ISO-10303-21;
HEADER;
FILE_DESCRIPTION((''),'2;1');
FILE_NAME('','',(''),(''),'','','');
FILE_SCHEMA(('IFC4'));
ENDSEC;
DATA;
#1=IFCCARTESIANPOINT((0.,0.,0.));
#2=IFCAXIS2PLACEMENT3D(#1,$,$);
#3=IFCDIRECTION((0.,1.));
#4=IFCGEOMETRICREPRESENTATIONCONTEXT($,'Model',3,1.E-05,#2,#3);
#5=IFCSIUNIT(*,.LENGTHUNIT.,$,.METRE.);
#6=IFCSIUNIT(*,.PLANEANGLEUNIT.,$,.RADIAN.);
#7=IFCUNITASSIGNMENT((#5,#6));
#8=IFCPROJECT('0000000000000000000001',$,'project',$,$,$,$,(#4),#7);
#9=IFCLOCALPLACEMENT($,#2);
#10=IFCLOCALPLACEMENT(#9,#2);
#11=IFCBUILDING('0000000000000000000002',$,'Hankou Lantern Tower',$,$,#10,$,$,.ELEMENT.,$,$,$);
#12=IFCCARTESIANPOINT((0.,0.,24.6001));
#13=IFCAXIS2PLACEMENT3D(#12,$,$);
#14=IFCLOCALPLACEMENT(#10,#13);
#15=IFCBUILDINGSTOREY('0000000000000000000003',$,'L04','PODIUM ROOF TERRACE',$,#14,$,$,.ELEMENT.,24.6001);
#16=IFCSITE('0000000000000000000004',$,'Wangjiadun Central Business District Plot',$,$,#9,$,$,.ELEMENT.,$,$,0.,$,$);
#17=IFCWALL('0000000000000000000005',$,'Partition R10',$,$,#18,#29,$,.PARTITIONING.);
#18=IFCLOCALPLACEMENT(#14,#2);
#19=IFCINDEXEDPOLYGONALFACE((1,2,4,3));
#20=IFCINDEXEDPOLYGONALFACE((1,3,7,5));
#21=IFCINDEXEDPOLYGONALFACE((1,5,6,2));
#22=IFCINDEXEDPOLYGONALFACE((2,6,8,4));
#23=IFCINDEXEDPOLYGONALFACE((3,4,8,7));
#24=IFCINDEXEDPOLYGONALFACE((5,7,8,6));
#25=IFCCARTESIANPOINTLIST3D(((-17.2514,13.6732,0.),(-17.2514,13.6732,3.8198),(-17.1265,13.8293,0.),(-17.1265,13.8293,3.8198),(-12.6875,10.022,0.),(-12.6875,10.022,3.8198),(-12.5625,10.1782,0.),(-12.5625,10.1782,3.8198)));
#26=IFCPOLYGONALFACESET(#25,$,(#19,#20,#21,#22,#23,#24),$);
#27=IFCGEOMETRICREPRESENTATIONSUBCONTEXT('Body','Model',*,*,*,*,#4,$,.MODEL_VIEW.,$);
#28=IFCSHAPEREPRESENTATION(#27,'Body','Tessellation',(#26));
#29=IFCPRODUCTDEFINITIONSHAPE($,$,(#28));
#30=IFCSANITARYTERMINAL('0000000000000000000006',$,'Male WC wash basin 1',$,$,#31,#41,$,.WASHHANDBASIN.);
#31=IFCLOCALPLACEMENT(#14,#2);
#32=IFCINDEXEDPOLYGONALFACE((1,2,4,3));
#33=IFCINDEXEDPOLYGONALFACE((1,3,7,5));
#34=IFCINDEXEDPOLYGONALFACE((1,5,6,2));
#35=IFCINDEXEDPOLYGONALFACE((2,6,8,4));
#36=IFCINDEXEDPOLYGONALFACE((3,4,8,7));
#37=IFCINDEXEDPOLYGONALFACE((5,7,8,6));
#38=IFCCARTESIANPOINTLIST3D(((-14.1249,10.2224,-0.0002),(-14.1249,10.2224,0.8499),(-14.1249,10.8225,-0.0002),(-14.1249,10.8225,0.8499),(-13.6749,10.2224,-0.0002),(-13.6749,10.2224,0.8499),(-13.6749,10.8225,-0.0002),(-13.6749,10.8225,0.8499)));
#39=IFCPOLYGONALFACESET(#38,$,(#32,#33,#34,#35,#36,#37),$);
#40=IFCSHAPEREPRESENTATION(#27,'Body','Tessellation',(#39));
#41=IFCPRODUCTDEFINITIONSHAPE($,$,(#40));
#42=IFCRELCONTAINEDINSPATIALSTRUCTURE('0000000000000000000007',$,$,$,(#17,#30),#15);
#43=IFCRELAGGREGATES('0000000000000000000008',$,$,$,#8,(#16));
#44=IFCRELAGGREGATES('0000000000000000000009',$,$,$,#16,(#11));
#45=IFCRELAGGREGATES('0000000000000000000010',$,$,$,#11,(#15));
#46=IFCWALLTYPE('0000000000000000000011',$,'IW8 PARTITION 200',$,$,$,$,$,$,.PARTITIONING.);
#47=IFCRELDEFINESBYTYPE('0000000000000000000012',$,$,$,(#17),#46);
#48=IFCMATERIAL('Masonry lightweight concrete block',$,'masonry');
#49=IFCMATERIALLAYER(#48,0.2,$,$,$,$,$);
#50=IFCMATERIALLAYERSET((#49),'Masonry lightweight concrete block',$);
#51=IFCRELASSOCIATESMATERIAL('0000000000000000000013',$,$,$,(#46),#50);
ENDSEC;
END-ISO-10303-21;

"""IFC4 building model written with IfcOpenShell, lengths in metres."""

from ifc_helpers import new_model, si_unit, direction, frame, frame_2d, origin, origin_2d, place, context, subcontext, project, spatial, rectangle, extrude, material, layer, layer_set, type_object, element, save


model = new_model("IFC4")

# Units and contexts
model_context = context("Model", 3, precision=1e-05, world=origin(), true_north=direction((0.0, 1.0)))
body_context = subcontext(model_context, "Body", "Model", "MODEL_VIEW")
ifc_project = project(units=[si_unit("LENGTHUNIT", "METRE"), si_unit("PLANEANGLEUNIT", "RADIAN")], contexts=[model_context])

# Site, building, storey
site_placement = place(None, origin())
site = spatial("IfcSite", under=ifc_project, at=site_placement, Name="Wangjiadun Central Business District Plot", CompositionType="ELEMENT", RefElevation=0.0)
building_placement = place(site_placement, origin())
building = spatial("IfcBuilding", under=site, at=building_placement, Name="Hankou Lantern Tower", CompositionType="ELEMENT")
storey_placement = place(building_placement, frame((0.0, 0.0, 24.6001)))
storey = spatial("IfcBuildingStorey", under=building, at=storey_placement, Name="L04", Description="PODIUM ROOF TERRACE", CompositionType="ELEMENT", Elevation=24.6001)

# Wall
ifc_material_1 = material(Name="Masonry lightweight concrete block", Category="masonry")
ifc_layer_1 = layer(ifc_material_1, 0.2)
ifc_layer_set_1 = layer_set([ifc_layer_1], Name="Masonry lightweight concrete block")
wall_type_1 = type_object("IfcWallType", Name="IW8 PARTITION 200", PredefinedType="PARTITIONING", material=ifc_layer_set_1)
wall_1_placement = place(storey_placement, frame((-12.625, 10.1001, 0.0), z_axis=(0.0, 0.0, 1.0), x_axis=(-0.780873, 0.62469, 0.0)))
element("IfcWall", 1, at=wall_1_placement, inside=storey, type_object=wall_type_1, Name="Partition R10", PredefinedType="PARTITIONING", context=body_context, shape_type="SweptSolid", body=[
    extrude(rectangle(XDim=5.8447, YDim=0.2, at=frame_2d((2.9224, 0.0))), origin(), (0.0, 0.0, 1.0), 3.8198),
])

# Sanitary terminal
sanitary_terminal_placement = place(storey_placement, frame((-13.8999, 10.5225, -0.0002), z_axis=(0.0, 0.0, 1.0), x_axis=(0.0, 1.0, 0.0)))
element("IfcSanitaryTerminal", 2, at=sanitary_terminal_placement, inside=storey, Name="Male WC wash basin 1", PredefinedType="WASHHANDBASIN", context=body_context, shape_type="SweptSolid", body=[
    extrude(rectangle(XDim=0.6001, YDim=0.45, at=origin_2d()), origin(), (0.0, 0.0, 1.0), 0.8501),
])

save(model, "model.ifc")
